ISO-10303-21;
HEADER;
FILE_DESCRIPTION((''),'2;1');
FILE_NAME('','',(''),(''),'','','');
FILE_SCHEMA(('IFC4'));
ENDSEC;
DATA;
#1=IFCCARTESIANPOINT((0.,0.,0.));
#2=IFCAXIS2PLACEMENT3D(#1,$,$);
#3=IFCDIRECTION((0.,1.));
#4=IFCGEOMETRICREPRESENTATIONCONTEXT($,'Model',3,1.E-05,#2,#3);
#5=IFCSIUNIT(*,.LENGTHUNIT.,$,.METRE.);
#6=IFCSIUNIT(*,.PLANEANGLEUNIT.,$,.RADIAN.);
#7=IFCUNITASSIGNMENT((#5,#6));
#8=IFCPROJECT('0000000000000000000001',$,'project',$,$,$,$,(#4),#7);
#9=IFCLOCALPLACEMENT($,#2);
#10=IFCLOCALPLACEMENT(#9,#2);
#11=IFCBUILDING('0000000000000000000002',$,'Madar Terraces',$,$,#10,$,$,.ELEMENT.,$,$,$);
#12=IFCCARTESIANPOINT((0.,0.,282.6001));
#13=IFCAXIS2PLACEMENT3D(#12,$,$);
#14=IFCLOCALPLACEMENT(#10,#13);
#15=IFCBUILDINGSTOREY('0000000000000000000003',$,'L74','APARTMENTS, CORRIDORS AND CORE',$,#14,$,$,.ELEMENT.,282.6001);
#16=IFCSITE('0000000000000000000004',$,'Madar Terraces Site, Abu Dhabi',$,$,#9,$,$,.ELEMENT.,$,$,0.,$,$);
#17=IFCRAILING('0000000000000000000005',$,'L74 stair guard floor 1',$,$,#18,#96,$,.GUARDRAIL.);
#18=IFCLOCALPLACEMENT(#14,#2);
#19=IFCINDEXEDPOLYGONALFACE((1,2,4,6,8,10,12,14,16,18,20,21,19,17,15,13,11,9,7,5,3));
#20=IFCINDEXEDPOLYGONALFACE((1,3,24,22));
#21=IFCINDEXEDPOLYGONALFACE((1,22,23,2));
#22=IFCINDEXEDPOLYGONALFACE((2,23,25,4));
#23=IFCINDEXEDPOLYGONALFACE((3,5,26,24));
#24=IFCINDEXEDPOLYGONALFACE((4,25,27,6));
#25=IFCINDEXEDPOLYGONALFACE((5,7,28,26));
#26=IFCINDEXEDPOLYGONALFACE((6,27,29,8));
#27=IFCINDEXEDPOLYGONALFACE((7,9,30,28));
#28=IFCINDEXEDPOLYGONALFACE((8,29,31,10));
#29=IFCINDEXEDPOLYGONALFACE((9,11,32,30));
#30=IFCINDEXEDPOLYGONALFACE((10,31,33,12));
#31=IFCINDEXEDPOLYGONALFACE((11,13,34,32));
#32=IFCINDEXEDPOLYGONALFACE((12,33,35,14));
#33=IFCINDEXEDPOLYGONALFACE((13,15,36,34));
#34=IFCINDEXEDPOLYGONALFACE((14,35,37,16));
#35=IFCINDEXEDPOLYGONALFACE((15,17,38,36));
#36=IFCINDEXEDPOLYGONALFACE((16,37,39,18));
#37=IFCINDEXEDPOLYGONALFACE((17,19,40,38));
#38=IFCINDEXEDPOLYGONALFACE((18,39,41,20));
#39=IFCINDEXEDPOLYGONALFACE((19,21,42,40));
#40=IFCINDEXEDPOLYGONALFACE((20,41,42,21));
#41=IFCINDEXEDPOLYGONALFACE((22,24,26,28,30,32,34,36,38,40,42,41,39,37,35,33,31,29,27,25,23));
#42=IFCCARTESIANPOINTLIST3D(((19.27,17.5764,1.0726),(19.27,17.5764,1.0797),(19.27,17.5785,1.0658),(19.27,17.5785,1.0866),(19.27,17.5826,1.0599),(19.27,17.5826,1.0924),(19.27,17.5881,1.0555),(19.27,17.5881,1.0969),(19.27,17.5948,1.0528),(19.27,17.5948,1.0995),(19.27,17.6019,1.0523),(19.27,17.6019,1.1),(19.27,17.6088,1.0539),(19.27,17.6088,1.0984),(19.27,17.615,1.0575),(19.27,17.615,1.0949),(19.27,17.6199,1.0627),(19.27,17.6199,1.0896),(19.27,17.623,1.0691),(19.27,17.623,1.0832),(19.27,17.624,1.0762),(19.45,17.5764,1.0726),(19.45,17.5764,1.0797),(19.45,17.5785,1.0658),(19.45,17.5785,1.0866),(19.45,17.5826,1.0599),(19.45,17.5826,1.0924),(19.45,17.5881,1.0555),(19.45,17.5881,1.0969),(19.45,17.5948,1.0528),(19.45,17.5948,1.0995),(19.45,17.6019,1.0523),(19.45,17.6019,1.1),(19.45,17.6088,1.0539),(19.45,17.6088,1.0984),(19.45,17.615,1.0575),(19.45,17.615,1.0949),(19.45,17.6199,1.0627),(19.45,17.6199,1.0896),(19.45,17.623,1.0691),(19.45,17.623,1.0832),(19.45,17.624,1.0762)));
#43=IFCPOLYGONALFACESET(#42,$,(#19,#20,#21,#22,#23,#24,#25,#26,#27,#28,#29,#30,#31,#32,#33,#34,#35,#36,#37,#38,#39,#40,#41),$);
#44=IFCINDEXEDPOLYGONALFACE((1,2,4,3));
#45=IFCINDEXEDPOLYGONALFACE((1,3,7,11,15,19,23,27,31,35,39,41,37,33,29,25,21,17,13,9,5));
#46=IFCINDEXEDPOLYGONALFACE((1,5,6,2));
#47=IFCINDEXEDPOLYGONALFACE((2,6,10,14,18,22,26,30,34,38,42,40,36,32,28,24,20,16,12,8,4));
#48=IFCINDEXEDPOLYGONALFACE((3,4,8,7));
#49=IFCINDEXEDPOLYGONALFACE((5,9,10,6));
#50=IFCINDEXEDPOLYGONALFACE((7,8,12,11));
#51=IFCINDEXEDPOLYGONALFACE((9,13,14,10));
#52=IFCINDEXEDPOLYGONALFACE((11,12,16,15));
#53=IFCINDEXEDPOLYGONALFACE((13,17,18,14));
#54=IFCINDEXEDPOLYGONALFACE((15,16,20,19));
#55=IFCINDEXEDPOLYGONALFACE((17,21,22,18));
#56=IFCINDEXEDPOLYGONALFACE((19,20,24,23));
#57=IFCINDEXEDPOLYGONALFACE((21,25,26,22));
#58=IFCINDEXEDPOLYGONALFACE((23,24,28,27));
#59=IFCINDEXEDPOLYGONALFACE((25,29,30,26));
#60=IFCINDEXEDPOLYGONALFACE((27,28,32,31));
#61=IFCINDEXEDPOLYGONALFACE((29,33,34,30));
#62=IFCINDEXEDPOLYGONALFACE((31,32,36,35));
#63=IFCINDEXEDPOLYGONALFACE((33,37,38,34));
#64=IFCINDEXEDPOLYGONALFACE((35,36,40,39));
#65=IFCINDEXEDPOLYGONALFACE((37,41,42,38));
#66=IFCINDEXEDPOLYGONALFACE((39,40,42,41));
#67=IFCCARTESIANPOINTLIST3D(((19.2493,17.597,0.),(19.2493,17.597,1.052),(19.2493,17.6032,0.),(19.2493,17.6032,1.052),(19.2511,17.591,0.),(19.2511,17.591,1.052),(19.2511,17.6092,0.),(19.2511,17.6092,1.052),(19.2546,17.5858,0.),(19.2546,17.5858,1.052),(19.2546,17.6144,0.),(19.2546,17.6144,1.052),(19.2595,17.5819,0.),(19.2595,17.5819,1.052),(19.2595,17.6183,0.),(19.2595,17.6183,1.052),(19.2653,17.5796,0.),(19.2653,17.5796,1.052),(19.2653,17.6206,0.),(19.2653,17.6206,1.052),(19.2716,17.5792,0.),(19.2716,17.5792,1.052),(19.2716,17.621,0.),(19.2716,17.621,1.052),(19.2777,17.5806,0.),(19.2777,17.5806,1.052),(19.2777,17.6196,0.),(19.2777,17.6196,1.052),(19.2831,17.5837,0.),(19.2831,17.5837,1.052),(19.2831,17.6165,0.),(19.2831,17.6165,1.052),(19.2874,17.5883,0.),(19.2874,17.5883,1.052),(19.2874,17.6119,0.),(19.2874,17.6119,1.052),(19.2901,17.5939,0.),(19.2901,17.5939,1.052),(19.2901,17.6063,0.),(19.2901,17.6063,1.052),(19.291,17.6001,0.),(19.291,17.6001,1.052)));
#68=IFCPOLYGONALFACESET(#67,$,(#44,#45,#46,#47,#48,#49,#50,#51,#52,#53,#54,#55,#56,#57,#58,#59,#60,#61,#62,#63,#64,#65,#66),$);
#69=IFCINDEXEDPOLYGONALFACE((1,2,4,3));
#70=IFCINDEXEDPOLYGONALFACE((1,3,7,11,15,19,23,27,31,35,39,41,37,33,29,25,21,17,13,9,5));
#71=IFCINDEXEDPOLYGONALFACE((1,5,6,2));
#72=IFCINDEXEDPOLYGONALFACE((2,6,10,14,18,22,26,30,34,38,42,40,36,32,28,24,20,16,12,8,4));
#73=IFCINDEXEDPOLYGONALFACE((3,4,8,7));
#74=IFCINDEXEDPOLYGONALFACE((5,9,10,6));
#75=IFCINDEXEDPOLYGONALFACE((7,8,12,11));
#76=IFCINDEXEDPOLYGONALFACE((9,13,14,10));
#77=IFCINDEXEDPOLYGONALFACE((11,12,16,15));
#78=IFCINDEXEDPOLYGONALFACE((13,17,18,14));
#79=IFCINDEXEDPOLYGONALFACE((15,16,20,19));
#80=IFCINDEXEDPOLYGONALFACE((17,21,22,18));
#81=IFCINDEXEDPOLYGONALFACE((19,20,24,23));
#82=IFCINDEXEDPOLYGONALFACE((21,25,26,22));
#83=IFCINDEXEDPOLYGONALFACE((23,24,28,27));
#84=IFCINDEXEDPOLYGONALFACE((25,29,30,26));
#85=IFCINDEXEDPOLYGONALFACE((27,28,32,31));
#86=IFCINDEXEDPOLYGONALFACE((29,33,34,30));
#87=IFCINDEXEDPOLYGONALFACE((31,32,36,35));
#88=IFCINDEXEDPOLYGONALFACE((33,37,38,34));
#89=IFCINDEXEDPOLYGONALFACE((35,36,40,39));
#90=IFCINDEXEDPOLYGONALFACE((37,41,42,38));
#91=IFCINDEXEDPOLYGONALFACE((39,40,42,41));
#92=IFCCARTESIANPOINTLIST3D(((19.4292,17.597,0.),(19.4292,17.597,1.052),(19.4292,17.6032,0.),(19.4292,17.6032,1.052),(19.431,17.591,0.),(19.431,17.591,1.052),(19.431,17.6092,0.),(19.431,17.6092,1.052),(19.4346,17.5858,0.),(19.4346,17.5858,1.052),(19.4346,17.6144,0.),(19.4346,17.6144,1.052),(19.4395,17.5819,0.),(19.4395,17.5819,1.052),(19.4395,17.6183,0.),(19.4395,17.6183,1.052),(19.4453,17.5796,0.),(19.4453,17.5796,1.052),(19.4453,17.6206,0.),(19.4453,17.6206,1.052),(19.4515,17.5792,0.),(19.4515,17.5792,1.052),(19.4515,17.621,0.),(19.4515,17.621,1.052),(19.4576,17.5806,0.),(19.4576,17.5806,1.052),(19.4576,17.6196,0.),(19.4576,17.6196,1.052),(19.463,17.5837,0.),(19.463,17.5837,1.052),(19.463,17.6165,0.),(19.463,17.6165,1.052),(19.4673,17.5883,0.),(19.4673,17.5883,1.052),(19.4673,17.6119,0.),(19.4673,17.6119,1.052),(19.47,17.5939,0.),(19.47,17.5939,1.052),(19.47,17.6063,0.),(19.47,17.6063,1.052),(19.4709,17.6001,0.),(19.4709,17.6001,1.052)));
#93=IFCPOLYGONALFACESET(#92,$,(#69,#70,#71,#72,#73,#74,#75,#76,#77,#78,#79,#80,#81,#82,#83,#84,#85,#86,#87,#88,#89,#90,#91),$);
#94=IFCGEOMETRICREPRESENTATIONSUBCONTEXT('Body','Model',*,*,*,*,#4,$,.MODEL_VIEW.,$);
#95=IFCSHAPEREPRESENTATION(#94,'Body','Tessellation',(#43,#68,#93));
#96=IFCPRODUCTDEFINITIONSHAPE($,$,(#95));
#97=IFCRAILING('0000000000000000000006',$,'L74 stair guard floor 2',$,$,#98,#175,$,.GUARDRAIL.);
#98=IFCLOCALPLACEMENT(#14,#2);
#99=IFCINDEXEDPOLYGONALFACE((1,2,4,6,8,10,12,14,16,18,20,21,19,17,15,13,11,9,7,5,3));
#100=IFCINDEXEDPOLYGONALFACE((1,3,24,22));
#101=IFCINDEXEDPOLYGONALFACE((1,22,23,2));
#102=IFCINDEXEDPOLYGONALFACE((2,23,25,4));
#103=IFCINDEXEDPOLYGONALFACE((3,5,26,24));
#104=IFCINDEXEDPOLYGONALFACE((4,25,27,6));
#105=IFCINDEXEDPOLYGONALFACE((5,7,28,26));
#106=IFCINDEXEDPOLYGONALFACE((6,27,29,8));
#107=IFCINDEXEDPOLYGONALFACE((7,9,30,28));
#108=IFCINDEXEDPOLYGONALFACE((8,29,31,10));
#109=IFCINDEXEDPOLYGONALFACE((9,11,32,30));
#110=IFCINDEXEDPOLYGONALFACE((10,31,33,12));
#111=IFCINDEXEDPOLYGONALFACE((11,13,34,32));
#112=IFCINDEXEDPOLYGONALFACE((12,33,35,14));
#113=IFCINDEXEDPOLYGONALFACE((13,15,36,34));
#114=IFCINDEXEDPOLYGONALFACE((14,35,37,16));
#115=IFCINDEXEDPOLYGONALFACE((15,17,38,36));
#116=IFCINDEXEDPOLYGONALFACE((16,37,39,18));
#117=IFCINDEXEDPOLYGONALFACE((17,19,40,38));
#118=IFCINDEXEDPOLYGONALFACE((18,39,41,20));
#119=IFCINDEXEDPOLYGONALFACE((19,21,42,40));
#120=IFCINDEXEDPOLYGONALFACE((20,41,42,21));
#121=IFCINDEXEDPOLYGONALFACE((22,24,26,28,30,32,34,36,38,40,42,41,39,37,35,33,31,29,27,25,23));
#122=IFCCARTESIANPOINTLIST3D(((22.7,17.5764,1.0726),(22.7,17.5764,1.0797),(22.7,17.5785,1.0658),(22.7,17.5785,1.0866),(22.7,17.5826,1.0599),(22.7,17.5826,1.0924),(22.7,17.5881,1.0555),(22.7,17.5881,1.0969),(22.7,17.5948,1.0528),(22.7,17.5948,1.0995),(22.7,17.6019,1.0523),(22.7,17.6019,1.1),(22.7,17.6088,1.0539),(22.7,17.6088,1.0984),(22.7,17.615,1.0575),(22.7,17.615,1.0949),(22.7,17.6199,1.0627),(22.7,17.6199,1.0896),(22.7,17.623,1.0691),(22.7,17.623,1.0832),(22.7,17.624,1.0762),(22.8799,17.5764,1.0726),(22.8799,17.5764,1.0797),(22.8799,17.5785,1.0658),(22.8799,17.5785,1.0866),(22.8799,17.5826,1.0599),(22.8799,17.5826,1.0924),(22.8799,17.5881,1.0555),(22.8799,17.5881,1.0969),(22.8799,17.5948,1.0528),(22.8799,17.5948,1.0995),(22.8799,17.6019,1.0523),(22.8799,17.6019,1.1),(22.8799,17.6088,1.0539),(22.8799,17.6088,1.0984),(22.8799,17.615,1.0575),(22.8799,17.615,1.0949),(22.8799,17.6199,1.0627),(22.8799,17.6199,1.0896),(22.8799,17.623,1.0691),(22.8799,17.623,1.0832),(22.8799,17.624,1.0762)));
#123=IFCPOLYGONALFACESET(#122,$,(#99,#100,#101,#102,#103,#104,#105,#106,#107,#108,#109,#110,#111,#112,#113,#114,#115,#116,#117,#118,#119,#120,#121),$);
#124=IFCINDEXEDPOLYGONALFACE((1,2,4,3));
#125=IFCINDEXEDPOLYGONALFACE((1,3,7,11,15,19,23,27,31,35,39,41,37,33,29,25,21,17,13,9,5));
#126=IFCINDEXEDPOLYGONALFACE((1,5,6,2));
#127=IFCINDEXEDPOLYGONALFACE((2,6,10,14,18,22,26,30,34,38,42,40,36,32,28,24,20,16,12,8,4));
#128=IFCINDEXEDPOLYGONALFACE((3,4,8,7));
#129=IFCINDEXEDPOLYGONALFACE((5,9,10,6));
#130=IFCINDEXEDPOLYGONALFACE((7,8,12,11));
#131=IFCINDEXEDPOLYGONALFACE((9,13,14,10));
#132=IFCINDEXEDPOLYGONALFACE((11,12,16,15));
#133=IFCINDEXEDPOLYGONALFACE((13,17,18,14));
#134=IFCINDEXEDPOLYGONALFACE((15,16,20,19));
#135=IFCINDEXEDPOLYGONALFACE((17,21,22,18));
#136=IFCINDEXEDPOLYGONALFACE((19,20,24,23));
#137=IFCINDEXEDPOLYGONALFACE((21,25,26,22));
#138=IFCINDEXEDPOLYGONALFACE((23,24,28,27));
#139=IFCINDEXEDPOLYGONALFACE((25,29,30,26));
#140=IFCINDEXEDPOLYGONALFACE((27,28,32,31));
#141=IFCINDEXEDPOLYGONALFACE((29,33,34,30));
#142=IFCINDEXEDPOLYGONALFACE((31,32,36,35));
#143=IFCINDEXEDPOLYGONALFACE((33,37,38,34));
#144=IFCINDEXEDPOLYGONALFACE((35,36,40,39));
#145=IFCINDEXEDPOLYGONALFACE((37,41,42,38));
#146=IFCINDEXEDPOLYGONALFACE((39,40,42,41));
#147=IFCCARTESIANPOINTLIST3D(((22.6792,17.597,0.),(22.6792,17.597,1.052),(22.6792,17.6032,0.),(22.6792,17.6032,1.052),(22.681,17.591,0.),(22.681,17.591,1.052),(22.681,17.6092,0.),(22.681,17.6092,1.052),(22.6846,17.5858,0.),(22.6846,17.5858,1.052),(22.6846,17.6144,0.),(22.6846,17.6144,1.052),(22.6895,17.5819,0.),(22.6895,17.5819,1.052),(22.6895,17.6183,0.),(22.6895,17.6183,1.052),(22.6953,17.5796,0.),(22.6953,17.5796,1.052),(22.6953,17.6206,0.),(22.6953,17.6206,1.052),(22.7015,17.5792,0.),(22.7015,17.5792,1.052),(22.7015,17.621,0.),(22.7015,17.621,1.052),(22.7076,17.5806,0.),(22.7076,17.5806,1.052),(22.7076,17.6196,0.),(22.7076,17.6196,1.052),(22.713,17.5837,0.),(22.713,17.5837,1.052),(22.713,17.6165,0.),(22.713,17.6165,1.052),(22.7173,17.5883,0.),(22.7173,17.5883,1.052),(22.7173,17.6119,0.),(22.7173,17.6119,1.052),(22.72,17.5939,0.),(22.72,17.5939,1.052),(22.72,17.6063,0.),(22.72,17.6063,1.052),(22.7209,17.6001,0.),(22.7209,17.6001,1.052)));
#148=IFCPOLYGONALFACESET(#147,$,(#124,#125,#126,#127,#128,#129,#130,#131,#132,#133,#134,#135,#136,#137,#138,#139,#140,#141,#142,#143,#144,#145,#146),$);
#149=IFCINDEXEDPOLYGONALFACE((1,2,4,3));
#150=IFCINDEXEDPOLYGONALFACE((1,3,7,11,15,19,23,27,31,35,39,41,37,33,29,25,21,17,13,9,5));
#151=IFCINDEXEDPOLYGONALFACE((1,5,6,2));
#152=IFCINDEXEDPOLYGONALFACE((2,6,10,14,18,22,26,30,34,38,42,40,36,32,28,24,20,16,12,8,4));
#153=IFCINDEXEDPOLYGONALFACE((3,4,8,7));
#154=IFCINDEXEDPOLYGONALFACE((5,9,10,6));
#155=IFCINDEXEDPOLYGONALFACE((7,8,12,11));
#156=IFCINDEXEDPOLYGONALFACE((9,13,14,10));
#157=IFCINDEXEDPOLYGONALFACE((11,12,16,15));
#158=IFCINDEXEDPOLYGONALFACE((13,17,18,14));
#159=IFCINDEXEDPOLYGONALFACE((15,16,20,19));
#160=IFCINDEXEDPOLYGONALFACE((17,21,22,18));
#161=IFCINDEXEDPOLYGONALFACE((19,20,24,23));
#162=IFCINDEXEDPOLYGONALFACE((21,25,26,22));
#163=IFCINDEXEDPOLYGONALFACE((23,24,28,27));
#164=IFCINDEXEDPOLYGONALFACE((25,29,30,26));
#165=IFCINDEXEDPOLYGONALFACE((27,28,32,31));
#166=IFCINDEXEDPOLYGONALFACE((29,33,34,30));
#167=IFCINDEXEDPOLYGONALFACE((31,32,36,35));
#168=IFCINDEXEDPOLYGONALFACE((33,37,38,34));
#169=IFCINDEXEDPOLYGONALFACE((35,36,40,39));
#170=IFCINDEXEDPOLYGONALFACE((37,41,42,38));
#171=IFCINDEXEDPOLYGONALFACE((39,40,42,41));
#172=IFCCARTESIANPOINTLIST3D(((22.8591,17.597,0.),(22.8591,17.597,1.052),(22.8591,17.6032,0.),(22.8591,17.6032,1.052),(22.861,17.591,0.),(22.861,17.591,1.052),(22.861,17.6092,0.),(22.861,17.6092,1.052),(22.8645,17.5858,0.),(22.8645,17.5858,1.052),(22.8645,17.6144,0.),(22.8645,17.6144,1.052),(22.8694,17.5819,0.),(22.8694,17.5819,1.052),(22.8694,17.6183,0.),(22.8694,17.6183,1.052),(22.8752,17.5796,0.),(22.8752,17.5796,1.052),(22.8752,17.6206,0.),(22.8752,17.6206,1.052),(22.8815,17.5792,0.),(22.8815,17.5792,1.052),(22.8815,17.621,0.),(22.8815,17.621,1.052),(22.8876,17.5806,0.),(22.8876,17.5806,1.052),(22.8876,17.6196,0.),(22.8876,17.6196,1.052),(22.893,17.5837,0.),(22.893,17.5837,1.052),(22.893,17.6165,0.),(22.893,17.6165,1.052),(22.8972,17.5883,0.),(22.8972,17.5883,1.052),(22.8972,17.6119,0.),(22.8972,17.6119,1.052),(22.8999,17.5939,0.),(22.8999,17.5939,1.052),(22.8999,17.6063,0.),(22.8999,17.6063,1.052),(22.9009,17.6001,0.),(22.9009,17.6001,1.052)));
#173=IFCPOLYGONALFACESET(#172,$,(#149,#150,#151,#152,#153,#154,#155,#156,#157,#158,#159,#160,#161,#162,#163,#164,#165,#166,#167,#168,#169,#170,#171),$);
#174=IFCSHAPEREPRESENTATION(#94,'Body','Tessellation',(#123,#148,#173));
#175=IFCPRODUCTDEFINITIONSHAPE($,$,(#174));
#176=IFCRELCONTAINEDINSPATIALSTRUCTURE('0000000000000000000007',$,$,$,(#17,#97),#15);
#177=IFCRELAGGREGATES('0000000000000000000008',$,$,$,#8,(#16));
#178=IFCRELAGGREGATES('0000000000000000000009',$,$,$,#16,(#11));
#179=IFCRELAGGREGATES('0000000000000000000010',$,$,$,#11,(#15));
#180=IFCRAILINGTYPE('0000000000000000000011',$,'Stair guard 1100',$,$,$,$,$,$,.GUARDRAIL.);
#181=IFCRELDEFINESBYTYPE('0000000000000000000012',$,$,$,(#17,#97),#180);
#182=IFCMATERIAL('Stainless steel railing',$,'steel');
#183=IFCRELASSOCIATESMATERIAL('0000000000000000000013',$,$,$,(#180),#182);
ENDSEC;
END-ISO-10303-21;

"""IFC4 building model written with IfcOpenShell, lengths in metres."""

from ifc_helpers import new_model, si_unit, direction, frame, origin, origin_2d, place, context, subcontext, project, spatial, circle, extrude, material, type_object, element, save


model = new_model("IFC4")

# Units and contexts
model_context = context("Model", 3, precision=1e-05, world=origin(), true_north=direction((0.0, 1.0)))
body_context = subcontext(model_context, "Body", "Model", "MODEL_VIEW")
ifc_project = project(units=[si_unit("LENGTHUNIT", "METRE"), si_unit("PLANEANGLEUNIT", "RADIAN")], contexts=[model_context])

# Site, building, storey
site_placement = place(None, origin())
site = spatial("IfcSite", under=ifc_project, at=site_placement, Name="Madar Terraces Site, Abu Dhabi", CompositionType="ELEMENT", RefElevation=0.0)
building_placement = place(site_placement, origin())
building = spatial("IfcBuilding", under=site, at=building_placement, Name="Madar Terraces", CompositionType="ELEMENT")
storey_placement = place(building_placement, frame((0.0, 0.0, 282.6001)))
storey = spatial("IfcBuildingStorey", under=building, at=storey_placement, Name="L74", Description="APARTMENTS, CORRIDORS AND CORE", CompositionType="ELEMENT", Elevation=282.6001)

# Railings
ifc_material_1 = material(Name="Stainless steel railing", Category="steel")
railing_type_1 = type_object("IfcRailingType", Name="Stair guard 1100", PredefinedType="GUARDRAIL", material=ifc_material_1)
for number, where, name in (
    (1, (19.27, 17.6001, 0.0), "L74 stair guard floor 1"),
    (2, (22.7, 17.6001, 0.0), "L74 stair guard floor 2"),
):
    element("IfcRailing", number, at=place(storey_placement, frame(where)), inside=storey, type_object=railing_type_1, Name=name, PredefinedType="GUARDRAIL", context=body_context, shape_type="SweptSolid", body=[
        extrude(circle(Radius=0.0239, at=origin_2d()), frame((0.0, 0.0, 1.0762), z_axis=(1.0, 0.0, 0.0), x_axis=(0.0, 1.0, 0.0)), (0.0, 0.0, 1.0), 0.1799),
        extrude(circle(Radius=0.021, at=origin_2d()), origin(), (0.0, 0.0, 1.0), 1.052),
        extrude(circle(Radius=0.021, at=origin_2d()), frame((0.1799, 0.0, 0.0)), (0.0, 0.0, 1.0), 1.052),
    ])

save(model, "model.ifc")
